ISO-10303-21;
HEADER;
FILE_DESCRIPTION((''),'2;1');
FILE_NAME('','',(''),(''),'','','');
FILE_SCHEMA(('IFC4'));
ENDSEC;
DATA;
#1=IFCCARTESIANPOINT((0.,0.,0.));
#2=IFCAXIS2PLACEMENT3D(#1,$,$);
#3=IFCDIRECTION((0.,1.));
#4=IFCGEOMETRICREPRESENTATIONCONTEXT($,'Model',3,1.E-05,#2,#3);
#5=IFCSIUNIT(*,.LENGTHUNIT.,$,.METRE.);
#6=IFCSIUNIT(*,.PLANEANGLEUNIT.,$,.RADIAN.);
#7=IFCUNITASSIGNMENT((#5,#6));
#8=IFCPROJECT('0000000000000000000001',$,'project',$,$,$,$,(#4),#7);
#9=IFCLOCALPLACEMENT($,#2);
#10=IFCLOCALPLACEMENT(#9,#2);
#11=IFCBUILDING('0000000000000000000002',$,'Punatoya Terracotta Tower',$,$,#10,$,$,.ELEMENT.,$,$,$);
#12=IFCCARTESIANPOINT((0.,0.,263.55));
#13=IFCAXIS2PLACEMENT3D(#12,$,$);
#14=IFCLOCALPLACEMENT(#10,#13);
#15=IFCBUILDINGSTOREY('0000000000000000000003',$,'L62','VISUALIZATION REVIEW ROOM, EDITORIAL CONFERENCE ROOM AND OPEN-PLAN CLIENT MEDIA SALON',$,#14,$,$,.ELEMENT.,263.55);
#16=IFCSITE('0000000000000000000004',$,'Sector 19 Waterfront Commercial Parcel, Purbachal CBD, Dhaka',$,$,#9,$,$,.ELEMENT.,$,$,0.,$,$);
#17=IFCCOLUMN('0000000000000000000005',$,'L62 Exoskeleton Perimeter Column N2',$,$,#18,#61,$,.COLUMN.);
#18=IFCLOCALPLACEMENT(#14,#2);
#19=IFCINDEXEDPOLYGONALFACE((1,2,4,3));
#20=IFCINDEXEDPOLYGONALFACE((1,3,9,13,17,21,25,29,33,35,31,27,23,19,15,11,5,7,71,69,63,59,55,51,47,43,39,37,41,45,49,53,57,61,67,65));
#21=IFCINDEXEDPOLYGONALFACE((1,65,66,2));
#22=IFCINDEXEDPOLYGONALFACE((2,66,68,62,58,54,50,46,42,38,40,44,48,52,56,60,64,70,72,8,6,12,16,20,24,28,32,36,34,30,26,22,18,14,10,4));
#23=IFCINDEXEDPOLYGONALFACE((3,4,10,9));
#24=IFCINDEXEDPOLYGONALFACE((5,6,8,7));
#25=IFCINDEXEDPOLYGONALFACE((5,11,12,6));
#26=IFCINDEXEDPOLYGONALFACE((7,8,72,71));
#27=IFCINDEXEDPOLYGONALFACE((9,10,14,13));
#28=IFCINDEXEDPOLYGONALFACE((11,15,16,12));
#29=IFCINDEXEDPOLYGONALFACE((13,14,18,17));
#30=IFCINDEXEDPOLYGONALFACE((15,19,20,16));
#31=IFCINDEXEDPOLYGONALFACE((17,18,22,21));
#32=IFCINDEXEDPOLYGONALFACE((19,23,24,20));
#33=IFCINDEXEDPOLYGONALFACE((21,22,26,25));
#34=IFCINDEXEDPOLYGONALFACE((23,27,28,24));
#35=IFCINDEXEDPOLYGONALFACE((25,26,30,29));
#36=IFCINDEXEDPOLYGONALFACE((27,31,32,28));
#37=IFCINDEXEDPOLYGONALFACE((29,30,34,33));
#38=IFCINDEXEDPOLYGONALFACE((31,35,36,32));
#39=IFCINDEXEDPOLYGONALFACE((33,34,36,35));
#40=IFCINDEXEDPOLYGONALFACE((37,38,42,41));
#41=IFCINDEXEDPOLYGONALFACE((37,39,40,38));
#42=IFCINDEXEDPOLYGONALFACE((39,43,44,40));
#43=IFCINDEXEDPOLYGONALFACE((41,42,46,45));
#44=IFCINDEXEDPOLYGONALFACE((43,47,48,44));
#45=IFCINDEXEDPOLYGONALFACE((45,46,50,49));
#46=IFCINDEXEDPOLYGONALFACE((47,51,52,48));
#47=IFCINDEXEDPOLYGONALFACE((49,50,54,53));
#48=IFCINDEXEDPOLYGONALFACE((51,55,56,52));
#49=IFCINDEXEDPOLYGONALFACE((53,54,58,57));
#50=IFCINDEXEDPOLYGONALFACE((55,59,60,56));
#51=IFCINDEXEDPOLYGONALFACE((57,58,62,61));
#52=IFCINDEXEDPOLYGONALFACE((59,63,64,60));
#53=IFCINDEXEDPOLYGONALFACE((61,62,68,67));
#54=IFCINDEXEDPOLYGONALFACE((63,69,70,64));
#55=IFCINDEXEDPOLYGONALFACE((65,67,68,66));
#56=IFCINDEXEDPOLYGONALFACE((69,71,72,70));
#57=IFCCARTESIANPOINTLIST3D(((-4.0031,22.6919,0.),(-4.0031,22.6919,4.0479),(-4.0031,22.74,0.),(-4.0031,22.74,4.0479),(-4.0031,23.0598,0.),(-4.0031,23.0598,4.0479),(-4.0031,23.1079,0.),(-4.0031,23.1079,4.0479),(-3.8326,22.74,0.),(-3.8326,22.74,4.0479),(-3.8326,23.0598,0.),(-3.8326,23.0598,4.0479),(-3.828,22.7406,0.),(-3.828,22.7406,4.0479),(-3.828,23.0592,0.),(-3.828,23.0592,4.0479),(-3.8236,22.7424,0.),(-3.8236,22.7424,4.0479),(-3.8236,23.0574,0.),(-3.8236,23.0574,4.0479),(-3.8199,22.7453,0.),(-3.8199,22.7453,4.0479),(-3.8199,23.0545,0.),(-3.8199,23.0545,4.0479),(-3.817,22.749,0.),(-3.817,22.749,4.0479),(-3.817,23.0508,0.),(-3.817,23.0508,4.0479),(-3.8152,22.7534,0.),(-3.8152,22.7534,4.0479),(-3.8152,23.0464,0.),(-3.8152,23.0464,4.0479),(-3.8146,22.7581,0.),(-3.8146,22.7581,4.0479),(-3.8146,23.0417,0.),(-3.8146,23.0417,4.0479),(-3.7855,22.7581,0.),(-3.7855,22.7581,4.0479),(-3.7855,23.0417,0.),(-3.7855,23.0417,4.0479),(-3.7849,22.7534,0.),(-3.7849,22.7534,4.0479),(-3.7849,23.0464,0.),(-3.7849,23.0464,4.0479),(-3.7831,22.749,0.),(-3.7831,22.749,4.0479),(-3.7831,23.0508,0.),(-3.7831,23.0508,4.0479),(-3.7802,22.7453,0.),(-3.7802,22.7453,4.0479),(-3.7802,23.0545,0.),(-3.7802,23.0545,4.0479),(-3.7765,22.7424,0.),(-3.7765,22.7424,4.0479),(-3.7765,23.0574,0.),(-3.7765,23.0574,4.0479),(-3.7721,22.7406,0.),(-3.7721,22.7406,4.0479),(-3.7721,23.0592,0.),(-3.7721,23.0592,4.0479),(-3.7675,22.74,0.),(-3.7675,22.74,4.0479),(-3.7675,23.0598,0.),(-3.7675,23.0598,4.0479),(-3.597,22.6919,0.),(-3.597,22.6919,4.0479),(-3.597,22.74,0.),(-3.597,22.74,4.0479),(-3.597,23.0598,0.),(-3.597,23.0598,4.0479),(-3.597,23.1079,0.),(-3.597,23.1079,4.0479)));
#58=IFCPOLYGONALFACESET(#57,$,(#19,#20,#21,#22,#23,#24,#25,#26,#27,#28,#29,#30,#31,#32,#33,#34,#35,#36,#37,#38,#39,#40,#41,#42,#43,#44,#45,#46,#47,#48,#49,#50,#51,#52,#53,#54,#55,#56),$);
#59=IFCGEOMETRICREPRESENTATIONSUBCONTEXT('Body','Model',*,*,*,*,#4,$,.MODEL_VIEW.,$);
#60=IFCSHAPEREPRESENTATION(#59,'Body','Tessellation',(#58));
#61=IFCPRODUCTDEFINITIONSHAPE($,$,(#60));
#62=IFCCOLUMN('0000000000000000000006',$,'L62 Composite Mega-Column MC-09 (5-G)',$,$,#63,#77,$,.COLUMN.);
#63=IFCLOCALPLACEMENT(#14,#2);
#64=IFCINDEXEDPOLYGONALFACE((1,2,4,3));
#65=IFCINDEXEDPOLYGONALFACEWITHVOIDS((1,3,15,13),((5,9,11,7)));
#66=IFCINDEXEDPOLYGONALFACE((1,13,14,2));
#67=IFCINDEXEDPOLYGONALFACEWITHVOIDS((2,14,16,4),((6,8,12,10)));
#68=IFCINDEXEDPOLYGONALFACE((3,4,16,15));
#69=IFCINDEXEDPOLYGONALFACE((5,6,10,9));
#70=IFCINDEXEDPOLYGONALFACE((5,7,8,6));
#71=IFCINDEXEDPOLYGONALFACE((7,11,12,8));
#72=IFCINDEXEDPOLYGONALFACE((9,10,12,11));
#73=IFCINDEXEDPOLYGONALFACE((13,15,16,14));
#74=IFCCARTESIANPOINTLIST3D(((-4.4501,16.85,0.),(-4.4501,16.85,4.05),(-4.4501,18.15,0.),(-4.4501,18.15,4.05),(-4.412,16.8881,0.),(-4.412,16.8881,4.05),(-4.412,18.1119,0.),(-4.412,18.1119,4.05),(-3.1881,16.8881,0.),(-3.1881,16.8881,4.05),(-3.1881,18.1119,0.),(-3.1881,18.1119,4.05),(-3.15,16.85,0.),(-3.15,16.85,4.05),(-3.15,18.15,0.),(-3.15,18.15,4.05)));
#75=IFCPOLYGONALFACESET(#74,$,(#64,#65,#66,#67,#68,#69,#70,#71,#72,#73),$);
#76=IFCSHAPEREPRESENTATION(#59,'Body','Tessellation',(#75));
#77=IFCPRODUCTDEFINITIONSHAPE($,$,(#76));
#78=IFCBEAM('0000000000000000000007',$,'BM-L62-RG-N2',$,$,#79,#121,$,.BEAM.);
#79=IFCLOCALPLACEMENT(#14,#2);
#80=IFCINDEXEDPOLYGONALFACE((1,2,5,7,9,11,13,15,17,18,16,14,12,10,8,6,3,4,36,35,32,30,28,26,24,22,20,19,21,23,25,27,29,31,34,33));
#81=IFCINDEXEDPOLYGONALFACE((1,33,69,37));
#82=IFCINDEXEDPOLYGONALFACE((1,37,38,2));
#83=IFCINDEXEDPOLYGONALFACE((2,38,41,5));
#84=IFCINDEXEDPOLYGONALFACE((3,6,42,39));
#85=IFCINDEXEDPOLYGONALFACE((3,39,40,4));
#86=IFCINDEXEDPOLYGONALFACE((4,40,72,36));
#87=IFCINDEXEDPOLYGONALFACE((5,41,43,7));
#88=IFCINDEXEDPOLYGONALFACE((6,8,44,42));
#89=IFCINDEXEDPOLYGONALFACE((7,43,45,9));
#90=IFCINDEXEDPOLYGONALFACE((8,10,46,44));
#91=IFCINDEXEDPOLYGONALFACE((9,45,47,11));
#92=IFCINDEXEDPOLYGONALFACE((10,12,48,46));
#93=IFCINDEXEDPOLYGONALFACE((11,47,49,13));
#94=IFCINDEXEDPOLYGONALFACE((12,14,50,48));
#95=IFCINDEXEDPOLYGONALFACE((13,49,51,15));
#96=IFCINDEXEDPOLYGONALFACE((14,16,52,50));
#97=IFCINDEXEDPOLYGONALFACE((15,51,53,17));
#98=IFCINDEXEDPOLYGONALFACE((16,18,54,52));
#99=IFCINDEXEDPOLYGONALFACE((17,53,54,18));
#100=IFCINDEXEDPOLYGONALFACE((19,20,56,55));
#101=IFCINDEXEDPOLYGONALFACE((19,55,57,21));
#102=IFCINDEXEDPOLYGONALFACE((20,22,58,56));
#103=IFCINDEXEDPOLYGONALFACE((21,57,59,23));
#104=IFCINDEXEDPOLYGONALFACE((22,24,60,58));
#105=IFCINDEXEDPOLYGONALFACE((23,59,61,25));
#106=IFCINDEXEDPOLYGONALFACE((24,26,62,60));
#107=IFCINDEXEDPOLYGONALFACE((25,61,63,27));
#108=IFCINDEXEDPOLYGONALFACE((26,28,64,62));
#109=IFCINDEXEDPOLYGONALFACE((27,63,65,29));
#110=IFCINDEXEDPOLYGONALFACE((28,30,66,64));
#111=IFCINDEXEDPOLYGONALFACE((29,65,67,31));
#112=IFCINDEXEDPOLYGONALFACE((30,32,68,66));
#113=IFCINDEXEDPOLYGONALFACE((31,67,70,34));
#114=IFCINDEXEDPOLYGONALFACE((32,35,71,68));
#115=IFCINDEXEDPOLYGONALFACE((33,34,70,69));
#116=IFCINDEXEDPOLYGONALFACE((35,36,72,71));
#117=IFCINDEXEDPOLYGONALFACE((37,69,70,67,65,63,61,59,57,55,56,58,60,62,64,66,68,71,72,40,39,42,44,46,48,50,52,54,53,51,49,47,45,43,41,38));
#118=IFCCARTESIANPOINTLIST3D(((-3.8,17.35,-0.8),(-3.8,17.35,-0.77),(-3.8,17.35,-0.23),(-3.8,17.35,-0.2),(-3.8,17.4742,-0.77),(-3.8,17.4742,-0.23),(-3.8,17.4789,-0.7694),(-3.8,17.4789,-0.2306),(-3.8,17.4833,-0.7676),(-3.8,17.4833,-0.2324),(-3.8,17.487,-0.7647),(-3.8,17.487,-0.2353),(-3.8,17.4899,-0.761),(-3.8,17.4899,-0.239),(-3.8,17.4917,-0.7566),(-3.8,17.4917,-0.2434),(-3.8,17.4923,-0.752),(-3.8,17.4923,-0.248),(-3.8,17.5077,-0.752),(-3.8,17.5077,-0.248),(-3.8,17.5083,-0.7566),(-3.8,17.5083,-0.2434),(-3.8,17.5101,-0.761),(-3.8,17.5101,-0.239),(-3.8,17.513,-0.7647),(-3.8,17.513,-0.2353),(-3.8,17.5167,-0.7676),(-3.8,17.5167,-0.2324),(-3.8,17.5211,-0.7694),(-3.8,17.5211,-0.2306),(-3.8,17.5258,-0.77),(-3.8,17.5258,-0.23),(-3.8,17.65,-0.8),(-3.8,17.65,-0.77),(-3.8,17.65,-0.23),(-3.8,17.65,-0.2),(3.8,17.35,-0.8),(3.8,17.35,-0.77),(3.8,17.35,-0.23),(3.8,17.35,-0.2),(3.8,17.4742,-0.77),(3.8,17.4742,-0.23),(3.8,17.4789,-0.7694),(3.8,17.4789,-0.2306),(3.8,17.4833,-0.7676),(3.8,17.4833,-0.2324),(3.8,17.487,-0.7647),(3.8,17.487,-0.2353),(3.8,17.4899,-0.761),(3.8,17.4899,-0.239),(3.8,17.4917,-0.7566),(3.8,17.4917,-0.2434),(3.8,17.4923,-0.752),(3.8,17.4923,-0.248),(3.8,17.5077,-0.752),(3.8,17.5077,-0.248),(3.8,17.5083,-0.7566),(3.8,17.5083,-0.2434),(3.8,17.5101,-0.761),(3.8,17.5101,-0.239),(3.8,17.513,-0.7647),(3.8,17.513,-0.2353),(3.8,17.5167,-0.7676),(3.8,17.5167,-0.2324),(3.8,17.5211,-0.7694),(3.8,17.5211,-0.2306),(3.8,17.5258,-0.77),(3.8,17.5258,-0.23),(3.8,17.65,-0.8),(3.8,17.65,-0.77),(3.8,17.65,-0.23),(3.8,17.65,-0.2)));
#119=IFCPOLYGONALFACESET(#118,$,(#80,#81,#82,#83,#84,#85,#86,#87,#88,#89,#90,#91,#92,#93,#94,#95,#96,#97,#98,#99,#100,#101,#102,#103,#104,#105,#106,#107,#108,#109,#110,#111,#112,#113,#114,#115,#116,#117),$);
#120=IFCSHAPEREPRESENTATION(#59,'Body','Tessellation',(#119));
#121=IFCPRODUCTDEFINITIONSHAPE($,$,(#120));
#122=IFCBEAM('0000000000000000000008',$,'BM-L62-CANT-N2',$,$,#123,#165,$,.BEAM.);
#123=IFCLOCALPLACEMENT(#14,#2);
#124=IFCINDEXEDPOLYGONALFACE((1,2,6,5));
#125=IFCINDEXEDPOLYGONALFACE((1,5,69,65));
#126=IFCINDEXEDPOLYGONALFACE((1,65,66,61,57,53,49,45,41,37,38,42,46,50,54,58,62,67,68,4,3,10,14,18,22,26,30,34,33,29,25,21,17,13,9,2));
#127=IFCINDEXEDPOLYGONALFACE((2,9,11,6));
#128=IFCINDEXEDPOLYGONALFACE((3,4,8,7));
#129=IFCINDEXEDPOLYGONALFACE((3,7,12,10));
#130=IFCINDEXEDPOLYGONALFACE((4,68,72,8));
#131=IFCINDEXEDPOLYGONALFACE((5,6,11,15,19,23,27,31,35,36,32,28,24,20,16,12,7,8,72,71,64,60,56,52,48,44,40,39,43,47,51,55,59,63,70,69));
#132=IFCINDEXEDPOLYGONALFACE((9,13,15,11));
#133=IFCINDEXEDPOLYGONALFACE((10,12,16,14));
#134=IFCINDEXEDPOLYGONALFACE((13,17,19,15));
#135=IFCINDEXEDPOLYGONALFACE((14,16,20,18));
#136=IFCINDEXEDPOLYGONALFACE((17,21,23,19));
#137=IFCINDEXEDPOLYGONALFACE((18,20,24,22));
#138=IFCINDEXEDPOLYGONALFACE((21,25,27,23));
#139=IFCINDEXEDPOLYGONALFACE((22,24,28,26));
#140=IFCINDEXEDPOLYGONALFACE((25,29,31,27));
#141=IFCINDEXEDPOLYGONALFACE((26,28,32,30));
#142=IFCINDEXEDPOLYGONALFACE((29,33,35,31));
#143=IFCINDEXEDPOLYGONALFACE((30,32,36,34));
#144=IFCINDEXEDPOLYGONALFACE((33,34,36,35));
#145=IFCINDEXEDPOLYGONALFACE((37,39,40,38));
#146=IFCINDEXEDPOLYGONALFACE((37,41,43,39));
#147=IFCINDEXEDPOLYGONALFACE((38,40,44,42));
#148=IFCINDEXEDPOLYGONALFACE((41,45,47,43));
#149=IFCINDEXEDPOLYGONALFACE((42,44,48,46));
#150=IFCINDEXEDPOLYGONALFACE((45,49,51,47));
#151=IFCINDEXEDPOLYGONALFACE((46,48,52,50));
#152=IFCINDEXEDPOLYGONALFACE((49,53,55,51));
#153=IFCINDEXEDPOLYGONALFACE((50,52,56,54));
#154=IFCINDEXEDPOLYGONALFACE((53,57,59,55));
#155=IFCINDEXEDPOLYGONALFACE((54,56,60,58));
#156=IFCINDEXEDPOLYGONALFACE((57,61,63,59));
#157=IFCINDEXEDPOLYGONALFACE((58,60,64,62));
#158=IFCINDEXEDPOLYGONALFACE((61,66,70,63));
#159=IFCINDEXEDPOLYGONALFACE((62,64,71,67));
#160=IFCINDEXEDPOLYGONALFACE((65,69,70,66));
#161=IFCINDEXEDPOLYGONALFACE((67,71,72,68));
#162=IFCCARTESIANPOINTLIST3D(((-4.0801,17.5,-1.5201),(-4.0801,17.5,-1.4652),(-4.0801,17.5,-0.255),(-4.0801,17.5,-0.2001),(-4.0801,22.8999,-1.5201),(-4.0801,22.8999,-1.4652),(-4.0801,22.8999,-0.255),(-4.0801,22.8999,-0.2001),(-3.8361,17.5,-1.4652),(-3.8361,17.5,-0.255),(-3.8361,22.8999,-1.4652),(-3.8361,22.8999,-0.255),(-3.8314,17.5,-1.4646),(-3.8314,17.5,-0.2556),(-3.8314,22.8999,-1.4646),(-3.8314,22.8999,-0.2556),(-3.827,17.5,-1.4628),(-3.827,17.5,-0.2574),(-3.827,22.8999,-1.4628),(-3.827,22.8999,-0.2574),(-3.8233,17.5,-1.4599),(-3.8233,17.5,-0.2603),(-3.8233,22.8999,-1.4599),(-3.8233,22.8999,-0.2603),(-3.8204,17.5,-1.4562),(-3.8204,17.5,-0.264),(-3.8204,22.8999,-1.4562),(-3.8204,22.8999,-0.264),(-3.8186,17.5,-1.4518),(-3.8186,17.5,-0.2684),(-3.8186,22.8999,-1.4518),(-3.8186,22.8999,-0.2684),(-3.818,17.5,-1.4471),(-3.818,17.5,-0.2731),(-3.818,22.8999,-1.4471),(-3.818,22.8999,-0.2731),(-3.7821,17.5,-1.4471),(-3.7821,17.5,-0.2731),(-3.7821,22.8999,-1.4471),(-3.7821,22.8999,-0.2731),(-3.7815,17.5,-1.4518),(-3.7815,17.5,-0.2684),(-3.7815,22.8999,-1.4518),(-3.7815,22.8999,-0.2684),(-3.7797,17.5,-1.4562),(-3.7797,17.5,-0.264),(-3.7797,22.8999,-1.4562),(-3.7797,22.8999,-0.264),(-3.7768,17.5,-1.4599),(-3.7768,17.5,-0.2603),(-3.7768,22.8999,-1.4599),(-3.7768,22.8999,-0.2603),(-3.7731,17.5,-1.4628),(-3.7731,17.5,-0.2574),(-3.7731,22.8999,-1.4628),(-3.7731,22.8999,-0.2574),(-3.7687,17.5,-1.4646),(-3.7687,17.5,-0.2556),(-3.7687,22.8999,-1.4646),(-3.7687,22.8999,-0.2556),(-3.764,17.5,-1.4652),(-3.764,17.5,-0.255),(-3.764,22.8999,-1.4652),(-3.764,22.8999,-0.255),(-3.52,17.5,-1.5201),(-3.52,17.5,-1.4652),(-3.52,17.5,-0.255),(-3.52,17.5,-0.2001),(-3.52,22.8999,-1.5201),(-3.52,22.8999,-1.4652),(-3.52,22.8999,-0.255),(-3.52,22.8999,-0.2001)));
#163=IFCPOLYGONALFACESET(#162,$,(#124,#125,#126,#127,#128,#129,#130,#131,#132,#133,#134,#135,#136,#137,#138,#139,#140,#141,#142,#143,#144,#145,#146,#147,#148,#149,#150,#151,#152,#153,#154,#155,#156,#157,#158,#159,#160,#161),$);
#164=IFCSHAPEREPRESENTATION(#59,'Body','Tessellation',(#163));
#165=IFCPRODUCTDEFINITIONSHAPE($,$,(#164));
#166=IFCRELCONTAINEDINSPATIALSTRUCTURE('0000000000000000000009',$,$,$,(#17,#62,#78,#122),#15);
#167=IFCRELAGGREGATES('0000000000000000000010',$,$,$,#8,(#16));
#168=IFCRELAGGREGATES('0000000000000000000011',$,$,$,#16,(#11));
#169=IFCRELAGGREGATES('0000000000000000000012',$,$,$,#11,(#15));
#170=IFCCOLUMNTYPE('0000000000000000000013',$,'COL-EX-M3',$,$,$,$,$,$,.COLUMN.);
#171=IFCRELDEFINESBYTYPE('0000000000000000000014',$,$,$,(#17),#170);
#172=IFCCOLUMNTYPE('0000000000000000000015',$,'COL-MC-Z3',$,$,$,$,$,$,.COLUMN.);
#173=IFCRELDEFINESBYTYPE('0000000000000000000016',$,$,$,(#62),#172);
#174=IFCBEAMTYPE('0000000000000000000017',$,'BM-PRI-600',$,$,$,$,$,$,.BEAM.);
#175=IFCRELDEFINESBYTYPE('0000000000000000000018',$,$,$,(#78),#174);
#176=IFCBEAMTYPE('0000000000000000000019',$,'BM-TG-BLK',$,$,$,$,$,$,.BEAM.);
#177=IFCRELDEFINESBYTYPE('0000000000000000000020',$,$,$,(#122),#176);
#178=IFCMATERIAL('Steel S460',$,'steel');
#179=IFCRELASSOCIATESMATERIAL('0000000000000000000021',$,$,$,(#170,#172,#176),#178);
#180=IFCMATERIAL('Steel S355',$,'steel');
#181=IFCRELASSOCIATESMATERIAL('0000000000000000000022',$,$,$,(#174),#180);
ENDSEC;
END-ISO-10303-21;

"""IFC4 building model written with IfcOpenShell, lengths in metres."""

from ifc_helpers import new_model, si_unit, direction, frame, origin, origin_2d, place, context, subcontext, project, spatial, hollow_rectangle, i_section, extrude, material, material_profile, profile_set, type_object, element, save


model = new_model("IFC4")

# Units and contexts
model_context = context("Model", 3, precision=1e-05, world=origin(), true_north=direction((0.0, 1.0)))
body_context = subcontext(model_context, "Body", "Model", "MODEL_VIEW")
ifc_project = project(units=[si_unit("LENGTHUNIT", "METRE"), si_unit("PLANEANGLEUNIT", "RADIAN")], contexts=[model_context])

# Site, building, storey
site_placement = place(None, origin())
site = spatial("IfcSite", under=ifc_project, at=site_placement, Name="Sector 19 Waterfront Commercial Parcel, Purbachal CBD, Dhaka", CompositionType="ELEMENT", RefElevation=0.0)
building_placement = place(site_placement, origin())
building = spatial("IfcBuilding", under=site, at=building_placement, Name="Punatoya Terracotta Tower", CompositionType="ELEMENT")
storey_placement = place(building_placement, frame((0.0, 0.0, 263.55)))
storey = spatial("IfcBuildingStorey", under=building, at=storey_placement, Name="L62", Description="VISUALIZATION REVIEW ROOM, EDITORIAL CONFERENCE ROOM AND OPEN-PLAN CLIENT MEDIA SALON", CompositionType="ELEMENT", Elevation=263.55)

# Columns
ifc_material_1 = material(Name="Steel S460", Category="steel")
ifc_material_profile_1 = material_profile(ifc_material_1, i_section(OverallWidth=0.406, OverallDepth=0.416, WebThickness=0.0291, FlangeThickness=0.0481, FilletRadius=0.0181, at=origin_2d()))
ifc_profile_set_1 = profile_set([ifc_material_profile_1], Name="Steel S460")
column_type_1 = type_object("IfcColumnType", Name="COL-EX-M3", PredefinedType="COLUMN", material=ifc_profile_set_1)
column_1_placement = place(storey_placement, frame((-3.8, 22.8999, 0.0), z_axis=(0.0, 0.0, 1.0), x_axis=(1.0, 0.0, 0.0)))
element("IfcColumn", 1, at=column_1_placement, inside=storey, type_object=column_type_1, Name="L62 Exoskeleton Perimeter Column N2", PredefinedType="COLUMN", context=body_context, shape_type="SweptSolid", body=[
    extrude(i_section(OverallWidth=0.406, OverallDepth=0.416, WebThickness=0.0291, FlangeThickness=0.0481, FilletRadius=0.0181, at=origin_2d()), origin(), (0.0, 0.0, 1.0), 4.0479),
])
ifc_material_profile_2 = material_profile(ifc_material_1, hollow_rectangle(XDim=1.3, YDim=1.3, WallThickness=0.0381, at=origin_2d()))
ifc_profile_set_2 = profile_set([ifc_material_profile_2], Name="Steel S460")
column_type_2 = type_object("IfcColumnType", Name="COL-MC-Z3", PredefinedType="COLUMN", material=ifc_profile_set_2)
column_2_placement = place(storey_placement, frame((-3.8, 17.5, 0.0), z_axis=(0.0, 0.0, 1.0), x_axis=(1.0, 0.0, 0.0)))
element("IfcColumn", 2, at=column_2_placement, inside=storey, type_object=column_type_2, Name="L62 Composite Mega-Column MC-09 (5-G)", PredefinedType="COLUMN", context=body_context, shape_type="SweptSolid", body=[
    extrude(hollow_rectangle(XDim=1.3, YDim=1.3, WallThickness=0.0381, at=origin_2d()), origin(), (0.0, 0.0, 1.0), 4.05),
])

# Beams
ifc_material_2 = material(Name="Steel S355", Category="steel")
ifc_material_profile_3 = material_profile(ifc_material_2, i_section(OverallWidth=0.3, OverallDepth=0.6001, WebThickness=0.0154, FlangeThickness=0.03, FilletRadius=0.0181, at=origin_2d()))
ifc_profile_set_3 = profile_set([ifc_material_profile_3], Name="Steel S355")
beam_type_1 = type_object("IfcBeamType", Name="BM-PRI-600", PredefinedType="BEAM", material=ifc_profile_set_3)
beam_1_placement = place(storey_placement, frame((-3.8, 17.5, -0.5), z_axis=(1.0, 0.0, 0.0), x_axis=(0.0, 1.0, 0.0)))
element("IfcBeam", 3, at=beam_1_placement, inside=storey, type_object=beam_type_1, Name="BM-L62-RG-N2", PredefinedType="BEAM", context=body_context, shape_type="SweptSolid", body=[
    extrude(i_section(OverallWidth=0.3, OverallDepth=0.6001, WebThickness=0.0154, FlangeThickness=0.03, FilletRadius=0.0181, at=origin_2d()), origin(), (0.0, 0.0, 1.0), 7.6001),
])
ifc_material_profile_4 = material_profile(ifc_material_1, i_section(OverallWidth=0.5601, OverallDepth=1.3201, WebThickness=0.0359, FlangeThickness=0.0549, FilletRadius=0.0181, at=origin_2d()))
ifc_profile_set_4 = profile_set([ifc_material_profile_4], Name="Steel S460")
beam_type_2 = type_object("IfcBeamType", Name="BM-TG-BLK", PredefinedType="BEAM", material=ifc_profile_set_4)
beam_2_placement = place(storey_placement, frame((-3.8, 17.5, -0.8601), z_axis=(0.0, 1.0, 0.0), x_axis=(-1.0, 0.0, 0.0)))
element("IfcBeam", 4, at=beam_2_placement, inside=storey, type_object=beam_type_2, Name="BM-L62-CANT-N2", PredefinedType="BEAM", context=body_context, shape_type="SweptSolid", body=[
    extrude(i_section(OverallWidth=0.5601, OverallDepth=1.3201, WebThickness=0.0359, FlangeThickness=0.0549, FilletRadius=0.0181, at=origin_2d()), origin(), (0.0, 0.0, 1.0), 5.3999),
])

save(model, "model.ifc")
